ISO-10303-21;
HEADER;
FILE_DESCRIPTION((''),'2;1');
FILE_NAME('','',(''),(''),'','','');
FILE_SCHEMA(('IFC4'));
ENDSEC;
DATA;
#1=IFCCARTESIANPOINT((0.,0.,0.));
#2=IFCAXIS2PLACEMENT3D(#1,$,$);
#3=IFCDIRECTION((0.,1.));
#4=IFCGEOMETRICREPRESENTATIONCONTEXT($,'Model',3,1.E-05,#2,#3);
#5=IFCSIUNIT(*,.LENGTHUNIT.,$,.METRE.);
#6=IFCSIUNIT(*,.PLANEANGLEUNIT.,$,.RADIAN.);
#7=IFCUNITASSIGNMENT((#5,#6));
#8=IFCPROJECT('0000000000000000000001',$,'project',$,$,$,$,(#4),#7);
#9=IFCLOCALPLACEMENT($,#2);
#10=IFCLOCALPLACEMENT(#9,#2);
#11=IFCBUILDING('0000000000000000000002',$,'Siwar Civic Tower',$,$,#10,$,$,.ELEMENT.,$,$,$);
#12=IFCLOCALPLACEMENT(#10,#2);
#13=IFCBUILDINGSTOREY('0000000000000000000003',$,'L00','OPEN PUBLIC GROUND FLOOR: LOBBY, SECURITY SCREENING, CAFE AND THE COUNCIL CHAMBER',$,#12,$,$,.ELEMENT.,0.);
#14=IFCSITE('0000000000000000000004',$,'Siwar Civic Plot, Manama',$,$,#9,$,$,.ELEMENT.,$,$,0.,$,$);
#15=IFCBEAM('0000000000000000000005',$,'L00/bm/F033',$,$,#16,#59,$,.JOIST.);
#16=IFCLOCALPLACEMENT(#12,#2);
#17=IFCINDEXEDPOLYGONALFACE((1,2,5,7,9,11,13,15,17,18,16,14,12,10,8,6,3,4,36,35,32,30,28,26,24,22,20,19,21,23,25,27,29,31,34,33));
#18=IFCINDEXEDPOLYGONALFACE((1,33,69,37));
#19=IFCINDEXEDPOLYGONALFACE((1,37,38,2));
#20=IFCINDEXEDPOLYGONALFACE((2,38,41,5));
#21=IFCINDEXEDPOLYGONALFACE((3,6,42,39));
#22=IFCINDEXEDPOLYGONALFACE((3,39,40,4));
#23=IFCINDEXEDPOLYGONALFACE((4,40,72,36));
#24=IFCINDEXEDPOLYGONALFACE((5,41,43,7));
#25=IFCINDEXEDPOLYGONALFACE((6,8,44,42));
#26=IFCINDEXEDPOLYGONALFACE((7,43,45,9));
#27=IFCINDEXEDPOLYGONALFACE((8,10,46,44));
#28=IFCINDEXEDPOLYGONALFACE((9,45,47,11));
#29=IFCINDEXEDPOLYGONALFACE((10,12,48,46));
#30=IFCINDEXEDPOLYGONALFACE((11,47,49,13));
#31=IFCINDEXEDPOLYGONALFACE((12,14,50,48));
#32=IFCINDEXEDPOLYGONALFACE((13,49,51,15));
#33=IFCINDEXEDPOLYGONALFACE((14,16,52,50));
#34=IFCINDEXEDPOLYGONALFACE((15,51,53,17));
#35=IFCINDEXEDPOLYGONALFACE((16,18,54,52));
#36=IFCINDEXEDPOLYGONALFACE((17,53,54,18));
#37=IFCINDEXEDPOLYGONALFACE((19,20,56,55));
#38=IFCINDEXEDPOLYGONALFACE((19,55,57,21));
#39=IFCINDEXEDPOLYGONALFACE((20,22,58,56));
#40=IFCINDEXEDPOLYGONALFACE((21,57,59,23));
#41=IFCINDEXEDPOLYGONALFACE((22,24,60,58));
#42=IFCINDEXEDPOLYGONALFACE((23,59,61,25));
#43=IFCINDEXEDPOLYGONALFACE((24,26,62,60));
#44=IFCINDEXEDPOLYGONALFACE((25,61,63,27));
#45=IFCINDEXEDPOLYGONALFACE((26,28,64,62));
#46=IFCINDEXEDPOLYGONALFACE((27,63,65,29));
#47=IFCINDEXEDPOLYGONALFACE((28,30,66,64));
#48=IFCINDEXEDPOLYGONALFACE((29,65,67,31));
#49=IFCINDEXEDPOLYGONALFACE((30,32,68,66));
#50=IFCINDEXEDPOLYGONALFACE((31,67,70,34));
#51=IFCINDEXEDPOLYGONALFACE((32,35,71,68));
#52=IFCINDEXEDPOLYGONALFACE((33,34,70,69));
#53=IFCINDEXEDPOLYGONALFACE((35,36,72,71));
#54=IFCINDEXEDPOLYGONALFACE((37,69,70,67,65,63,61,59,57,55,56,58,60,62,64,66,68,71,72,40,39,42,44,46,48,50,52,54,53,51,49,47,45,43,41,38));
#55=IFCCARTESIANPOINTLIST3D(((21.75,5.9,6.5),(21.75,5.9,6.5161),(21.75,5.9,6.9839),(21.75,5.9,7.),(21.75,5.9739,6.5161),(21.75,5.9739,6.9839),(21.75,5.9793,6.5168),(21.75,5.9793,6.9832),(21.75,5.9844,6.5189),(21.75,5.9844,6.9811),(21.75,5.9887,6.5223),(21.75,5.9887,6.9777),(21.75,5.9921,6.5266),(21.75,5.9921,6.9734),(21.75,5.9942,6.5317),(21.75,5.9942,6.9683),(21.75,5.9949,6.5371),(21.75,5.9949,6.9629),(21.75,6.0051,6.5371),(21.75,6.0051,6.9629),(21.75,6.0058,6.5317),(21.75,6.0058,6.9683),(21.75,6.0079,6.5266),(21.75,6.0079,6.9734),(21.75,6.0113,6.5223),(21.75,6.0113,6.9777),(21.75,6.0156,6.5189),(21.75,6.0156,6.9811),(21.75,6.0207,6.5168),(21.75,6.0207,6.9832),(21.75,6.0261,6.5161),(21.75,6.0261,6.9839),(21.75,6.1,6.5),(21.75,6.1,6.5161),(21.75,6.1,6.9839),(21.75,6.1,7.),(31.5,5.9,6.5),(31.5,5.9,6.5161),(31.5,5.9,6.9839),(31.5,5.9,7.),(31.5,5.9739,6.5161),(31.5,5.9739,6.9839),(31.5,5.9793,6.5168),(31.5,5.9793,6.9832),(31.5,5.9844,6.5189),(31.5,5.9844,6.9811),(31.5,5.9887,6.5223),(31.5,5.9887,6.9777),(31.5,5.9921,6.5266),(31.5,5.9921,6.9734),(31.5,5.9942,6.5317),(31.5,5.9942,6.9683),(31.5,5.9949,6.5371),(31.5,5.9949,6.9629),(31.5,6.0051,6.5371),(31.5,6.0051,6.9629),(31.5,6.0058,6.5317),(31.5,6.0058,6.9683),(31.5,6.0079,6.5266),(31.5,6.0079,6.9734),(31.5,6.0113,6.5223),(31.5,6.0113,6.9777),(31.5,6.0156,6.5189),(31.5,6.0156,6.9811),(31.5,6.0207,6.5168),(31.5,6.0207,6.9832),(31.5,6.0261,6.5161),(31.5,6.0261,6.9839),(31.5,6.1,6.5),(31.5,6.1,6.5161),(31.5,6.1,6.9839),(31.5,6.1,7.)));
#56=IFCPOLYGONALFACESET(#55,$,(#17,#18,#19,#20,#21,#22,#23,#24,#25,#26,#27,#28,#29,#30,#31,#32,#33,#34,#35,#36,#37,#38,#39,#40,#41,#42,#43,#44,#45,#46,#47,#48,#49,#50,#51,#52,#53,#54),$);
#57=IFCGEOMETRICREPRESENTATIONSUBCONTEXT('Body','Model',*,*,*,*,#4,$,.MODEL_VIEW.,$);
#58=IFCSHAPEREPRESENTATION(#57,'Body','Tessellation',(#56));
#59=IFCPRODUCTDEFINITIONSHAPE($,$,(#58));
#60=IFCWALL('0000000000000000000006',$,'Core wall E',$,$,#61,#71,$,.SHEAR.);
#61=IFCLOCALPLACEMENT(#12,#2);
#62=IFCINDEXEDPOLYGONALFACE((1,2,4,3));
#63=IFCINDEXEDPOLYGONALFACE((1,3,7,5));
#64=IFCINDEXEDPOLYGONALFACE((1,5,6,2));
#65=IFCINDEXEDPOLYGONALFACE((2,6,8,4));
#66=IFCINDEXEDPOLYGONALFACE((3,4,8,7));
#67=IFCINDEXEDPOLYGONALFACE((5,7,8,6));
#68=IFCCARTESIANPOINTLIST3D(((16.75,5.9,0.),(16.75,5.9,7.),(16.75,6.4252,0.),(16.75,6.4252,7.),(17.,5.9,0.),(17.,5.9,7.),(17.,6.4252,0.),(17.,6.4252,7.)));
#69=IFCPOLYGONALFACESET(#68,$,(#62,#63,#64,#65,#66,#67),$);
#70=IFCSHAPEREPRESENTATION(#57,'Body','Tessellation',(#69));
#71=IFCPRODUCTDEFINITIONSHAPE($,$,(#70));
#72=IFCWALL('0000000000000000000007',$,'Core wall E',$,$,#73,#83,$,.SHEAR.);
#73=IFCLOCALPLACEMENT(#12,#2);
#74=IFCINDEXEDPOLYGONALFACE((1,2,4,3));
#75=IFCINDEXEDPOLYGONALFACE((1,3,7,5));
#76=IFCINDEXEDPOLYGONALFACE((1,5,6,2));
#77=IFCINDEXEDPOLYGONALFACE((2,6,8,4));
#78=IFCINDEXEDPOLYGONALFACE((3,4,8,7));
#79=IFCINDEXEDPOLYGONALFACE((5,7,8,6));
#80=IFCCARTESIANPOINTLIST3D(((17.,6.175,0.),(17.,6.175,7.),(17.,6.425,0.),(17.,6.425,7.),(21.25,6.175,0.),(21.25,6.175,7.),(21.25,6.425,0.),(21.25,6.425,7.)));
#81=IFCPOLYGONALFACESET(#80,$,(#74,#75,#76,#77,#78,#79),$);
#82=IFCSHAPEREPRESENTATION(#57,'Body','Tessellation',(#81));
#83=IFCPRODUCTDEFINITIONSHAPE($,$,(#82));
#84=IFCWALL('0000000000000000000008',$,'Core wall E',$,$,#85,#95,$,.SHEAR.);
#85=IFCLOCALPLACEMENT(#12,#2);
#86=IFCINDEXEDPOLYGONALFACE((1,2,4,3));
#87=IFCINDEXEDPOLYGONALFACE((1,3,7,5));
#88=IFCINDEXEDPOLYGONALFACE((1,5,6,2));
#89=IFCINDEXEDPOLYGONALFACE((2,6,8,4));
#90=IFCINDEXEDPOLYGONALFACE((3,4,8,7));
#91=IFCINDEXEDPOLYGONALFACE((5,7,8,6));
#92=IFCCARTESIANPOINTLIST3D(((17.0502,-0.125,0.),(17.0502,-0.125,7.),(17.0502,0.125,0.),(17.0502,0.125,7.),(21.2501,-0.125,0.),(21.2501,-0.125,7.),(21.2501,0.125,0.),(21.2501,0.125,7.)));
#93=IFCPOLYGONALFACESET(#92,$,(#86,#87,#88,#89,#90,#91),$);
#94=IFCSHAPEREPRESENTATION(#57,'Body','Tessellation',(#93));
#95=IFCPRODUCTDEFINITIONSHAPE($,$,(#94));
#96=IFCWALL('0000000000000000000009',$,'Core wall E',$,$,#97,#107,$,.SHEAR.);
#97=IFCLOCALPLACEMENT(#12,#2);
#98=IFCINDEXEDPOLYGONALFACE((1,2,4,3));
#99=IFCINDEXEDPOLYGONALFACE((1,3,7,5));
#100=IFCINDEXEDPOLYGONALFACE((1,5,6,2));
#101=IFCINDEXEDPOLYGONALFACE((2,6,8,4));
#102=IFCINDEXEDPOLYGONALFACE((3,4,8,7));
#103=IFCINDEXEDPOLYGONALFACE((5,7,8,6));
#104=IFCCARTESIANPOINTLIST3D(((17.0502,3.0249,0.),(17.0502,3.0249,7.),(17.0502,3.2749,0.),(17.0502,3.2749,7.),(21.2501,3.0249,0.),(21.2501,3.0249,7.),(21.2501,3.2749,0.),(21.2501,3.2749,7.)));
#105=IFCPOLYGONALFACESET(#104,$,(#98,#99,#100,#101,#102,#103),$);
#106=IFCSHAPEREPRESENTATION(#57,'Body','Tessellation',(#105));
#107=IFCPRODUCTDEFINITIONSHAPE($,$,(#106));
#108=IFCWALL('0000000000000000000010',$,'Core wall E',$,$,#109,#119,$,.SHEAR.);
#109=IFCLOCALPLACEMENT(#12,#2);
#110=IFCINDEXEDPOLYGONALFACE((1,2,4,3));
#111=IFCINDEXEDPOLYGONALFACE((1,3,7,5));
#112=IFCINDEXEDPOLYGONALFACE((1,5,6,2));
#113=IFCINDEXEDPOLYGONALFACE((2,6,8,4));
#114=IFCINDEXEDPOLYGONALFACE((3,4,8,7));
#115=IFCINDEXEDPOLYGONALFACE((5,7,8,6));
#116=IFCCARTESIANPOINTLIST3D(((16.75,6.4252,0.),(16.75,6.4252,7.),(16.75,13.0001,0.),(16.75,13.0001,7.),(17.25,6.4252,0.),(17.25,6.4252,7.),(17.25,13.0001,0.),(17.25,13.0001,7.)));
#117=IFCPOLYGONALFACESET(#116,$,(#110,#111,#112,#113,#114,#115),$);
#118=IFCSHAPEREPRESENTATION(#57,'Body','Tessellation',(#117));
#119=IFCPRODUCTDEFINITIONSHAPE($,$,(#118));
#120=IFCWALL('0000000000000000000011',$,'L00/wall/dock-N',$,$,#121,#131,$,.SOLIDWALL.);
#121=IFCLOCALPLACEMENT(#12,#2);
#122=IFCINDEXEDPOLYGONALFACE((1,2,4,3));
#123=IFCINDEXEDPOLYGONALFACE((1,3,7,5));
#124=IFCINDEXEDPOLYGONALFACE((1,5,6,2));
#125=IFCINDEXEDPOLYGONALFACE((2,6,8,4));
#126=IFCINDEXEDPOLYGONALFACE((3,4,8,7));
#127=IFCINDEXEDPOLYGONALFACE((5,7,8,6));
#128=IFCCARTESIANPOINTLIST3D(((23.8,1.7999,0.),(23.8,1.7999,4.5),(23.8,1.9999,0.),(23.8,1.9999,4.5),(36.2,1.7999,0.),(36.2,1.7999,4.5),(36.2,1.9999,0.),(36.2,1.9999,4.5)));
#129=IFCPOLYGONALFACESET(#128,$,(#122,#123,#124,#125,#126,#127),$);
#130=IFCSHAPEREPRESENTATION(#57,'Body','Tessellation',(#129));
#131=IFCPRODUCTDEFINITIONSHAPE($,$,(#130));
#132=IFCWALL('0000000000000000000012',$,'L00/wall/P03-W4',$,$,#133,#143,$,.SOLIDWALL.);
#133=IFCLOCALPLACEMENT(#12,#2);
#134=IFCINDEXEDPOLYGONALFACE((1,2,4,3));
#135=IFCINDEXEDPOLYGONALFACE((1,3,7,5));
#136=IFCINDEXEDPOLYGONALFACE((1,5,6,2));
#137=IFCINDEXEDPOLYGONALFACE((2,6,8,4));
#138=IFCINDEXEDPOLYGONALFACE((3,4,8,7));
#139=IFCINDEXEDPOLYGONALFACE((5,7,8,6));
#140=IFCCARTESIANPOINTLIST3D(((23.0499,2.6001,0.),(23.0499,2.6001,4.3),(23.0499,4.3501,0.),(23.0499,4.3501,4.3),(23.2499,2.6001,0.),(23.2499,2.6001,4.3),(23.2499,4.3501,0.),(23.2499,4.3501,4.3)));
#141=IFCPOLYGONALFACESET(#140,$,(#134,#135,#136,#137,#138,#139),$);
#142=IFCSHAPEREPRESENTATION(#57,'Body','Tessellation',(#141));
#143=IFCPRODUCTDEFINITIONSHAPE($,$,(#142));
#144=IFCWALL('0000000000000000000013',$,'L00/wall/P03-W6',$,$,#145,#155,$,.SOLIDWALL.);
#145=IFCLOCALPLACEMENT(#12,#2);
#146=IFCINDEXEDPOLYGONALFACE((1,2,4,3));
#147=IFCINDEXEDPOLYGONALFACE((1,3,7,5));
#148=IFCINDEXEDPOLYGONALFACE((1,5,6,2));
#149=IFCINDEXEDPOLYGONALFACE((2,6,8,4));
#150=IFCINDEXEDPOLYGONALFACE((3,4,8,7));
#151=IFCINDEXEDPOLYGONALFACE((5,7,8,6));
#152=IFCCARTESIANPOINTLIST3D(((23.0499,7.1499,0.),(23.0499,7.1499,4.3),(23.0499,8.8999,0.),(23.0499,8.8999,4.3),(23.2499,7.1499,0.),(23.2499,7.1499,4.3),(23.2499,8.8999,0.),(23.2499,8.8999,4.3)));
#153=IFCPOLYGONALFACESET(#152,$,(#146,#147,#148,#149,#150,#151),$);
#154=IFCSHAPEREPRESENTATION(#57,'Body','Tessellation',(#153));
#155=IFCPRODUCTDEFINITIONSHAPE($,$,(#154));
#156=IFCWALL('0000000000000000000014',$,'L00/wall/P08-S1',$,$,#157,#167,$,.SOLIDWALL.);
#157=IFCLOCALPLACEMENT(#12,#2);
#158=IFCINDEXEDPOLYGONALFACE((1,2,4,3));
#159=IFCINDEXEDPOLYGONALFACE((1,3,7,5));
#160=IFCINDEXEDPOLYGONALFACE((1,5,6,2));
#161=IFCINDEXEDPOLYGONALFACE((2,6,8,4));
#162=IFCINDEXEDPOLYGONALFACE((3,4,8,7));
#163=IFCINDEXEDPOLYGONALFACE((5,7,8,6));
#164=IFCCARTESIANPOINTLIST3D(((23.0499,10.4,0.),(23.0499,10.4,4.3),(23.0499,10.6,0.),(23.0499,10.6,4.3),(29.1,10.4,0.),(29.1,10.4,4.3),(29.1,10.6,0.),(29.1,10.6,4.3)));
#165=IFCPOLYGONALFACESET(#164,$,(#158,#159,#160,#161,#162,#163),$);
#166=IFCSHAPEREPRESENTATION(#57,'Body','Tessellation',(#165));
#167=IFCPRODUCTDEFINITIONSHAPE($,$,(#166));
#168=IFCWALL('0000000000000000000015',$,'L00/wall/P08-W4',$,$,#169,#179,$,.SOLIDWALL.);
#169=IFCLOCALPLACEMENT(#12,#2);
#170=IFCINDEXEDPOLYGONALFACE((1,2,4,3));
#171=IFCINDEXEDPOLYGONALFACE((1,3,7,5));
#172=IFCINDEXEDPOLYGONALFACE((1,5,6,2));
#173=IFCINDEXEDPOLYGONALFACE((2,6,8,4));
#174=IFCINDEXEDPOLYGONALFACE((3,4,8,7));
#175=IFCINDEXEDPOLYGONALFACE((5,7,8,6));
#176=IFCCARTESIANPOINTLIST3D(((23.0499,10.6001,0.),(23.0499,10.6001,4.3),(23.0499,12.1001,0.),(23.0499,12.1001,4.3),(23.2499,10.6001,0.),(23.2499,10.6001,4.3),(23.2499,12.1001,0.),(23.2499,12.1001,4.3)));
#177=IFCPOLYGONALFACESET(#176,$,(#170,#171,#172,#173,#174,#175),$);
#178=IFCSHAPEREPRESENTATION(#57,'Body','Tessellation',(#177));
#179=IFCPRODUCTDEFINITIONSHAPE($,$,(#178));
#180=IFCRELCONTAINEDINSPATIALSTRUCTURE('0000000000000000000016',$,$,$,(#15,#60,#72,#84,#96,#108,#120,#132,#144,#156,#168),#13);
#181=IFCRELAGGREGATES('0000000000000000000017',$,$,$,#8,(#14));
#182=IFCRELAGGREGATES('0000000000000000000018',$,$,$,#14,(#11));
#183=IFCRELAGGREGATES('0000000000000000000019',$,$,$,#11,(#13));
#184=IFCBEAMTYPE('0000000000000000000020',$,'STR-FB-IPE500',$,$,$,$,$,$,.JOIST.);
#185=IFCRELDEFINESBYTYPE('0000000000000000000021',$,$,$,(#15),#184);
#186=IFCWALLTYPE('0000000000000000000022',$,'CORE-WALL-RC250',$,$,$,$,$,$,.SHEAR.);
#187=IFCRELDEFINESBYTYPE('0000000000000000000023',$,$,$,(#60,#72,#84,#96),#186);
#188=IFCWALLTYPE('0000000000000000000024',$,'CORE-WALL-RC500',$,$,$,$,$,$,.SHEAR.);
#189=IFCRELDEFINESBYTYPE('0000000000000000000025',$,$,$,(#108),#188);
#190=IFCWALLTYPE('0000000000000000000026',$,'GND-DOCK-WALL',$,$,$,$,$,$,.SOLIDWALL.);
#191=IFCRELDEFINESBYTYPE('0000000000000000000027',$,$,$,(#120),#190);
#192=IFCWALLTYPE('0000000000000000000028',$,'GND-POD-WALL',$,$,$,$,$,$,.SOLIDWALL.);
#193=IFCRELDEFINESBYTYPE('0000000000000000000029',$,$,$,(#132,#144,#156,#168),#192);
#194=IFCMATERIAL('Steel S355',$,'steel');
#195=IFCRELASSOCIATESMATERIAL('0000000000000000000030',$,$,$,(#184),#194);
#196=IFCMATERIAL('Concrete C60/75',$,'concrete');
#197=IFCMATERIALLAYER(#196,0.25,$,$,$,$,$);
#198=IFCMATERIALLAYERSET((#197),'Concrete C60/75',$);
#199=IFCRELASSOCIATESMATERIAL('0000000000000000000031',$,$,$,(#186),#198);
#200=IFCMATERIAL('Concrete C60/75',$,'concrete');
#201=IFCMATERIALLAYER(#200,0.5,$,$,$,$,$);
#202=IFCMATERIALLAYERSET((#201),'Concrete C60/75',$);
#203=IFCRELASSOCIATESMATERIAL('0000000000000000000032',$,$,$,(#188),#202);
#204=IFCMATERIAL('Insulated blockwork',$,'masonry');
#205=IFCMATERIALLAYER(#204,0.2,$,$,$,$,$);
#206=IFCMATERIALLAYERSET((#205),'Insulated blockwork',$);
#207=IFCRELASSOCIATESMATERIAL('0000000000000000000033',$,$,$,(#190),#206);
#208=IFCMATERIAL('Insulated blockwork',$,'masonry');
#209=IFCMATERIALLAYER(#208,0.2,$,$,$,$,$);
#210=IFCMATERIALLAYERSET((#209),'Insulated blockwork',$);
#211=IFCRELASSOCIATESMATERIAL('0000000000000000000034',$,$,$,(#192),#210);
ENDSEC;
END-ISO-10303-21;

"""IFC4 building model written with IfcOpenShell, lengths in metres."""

from ifc_helpers import new_model, si_unit, direction, frame, frame_2d, origin, origin_2d, place, context, subcontext, project, spatial, rectangle, i_section, extrude, material, layer, layer_set, material_profile, profile_set, type_object, element, save


model = new_model("IFC4")

# Units and contexts
model_context = context("Model", 3, precision=1e-05, world=origin(), true_north=direction((0.0, 1.0)))
body_context = subcontext(model_context, "Body", "Model", "MODEL_VIEW")
ifc_project = project(units=[si_unit("LENGTHUNIT", "METRE"), si_unit("PLANEANGLEUNIT", "RADIAN")], contexts=[model_context])

# Site, building, storey
site_placement = place(None, origin())
site = spatial("IfcSite", under=ifc_project, at=site_placement, Name="Siwar Civic Plot, Manama", CompositionType="ELEMENT", RefElevation=0.0)
building_placement = place(site_placement, origin())
building = spatial("IfcBuilding", under=site, at=building_placement, Name="Siwar Civic Tower", CompositionType="ELEMENT")
storey_placement = place(building_placement, origin())
storey = spatial("IfcBuildingStorey", under=building, at=storey_placement, Name="L00", Description="OPEN PUBLIC GROUND FLOOR: LOBBY, SECURITY SCREENING, CAFE AND THE COUNCIL CHAMBER", CompositionType="ELEMENT", Elevation=0.0)

# Beam
ifc_material_1 = material(Name="Steel S355", Category="steel")
ifc_material_profile_1 = material_profile(ifc_material_1, i_section(OverallWidth=0.2, OverallDepth=0.5, WebThickness=0.0103, FlangeThickness=0.0161, FilletRadius=0.021, at=origin_2d()), Name="IPE500")
ifc_profile_set_1 = profile_set([ifc_material_profile_1], Name="Steel S355")
beam_type = type_object("IfcBeamType", Name="STR-FB-IPE500", PredefinedType="JOIST", material=ifc_profile_set_1)
for number, where, z_axis, x_axis, name in (
    (1, (21.75, 6.0, 6.75), (1.0, 0.0, 0.0), (0.0, 1.0, 0.0), "L00/bm/F033"),
):
    element("IfcBeam", number, at=place(storey_placement, frame(where, z_axis=z_axis, x_axis=x_axis)), inside=storey, type_object=beam_type, Name=name, PredefinedType="JOIST", context=body_context, shape_type="SweptSolid", body=[
        extrude(i_section(OverallWidth=0.2, OverallDepth=0.5, WebThickness=0.0103, FlangeThickness=0.0161, FilletRadius=0.021, at=origin_2d()), origin(), (0.0, 0.0, 1.0), 9.75),
    ])

# Walls
ifc_material_2 = material(Name="Concrete C60/75", Category="concrete")
ifc_layer_1 = layer(ifc_material_2, 0.25)
ifc_layer_set_1 = layer_set([ifc_layer_1], Name="Concrete C60/75")
wall_type_1 = type_object("IfcWallType", Name="CORE-WALL-RC250", PredefinedType="SHEAR", material=ifc_layer_set_1)
wall_1_placement = place(storey_placement, frame((16.875, 5.8999, 0.0), z_axis=(0.0, 0.0, 1.0), x_axis=(0.0, 1.0, 0.0)))
element("IfcWall", 2, at=wall_1_placement, inside=storey, type_object=wall_type_1, Name="Core wall E", PredefinedType="SHEAR", context=body_context, shape_type="SweptSolid", body=[
    extrude(rectangle(XDim=0.5251, YDim=0.25, at=frame_2d((0.2627, 0.0))), origin(), (0.0, 0.0, 1.0), 7.0),
])
wall_2_placement = place(storey_placement, frame((17.0, 6.3, 0.0), z_axis=(0.0, 0.0, 1.0), x_axis=(1.0, 0.0, 0.0)))
element("IfcWall", 3, at=wall_2_placement, inside=storey, type_object=wall_type_1, Name="Core wall E", PredefinedType="SHEAR", context=body_context, shape_type="SweptSolid", body=[
    extrude(rectangle(XDim=4.25, YDim=0.25, at=frame_2d((2.125, 0.0))), origin(), (0.0, 0.0, 1.0), 7.0),
])
for number, where, z_axis, x_axis, name in (
    (4, (17.05, 0.0, 0.0), (0.0, 0.0, 1.0), (1.0, 0.0, 0.0), "Core wall E"),
    (5, (17.05, 3.1499, 0.0), (0.0, 0.0, 1.0), (1.0, 0.0, 0.0), "Core wall E"),
):
    element("IfcWall", number, at=place(storey_placement, frame(where, z_axis=z_axis, x_axis=x_axis)), inside=storey, type_object=wall_type_1, Name=name, PredefinedType="SHEAR", context=body_context, shape_type="SweptSolid", body=[
        extrude(rectangle(XDim=4.2, YDim=0.25, at=frame_2d((2.1001, 0.0))), origin(), (0.0, 0.0, 1.0), 7.0),
    ])
ifc_material_3 = material(Name="Concrete C60/75", Category="concrete")
ifc_layer_2 = layer(ifc_material_3, 0.5)
ifc_layer_set_2 = layer_set([ifc_layer_2], Name="Concrete C60/75")
wall_type_2 = type_object("IfcWallType", Name="CORE-WALL-RC500", PredefinedType="SHEAR", material=ifc_layer_set_2)
wall_3_placement = place(storey_placement, frame((17.0, 6.425, 0.0), z_axis=(0.0, 0.0, 1.0), x_axis=(0.0, 1.0, 0.0)))
element("IfcWall", 6, at=wall_3_placement, inside=storey, type_object=wall_type_2, Name="Core wall E", PredefinedType="SHEAR", context=body_context, shape_type="SweptSolid", body=[
    extrude(rectangle(XDim=6.575, YDim=0.5, at=frame_2d((3.2876, 0.0))), origin(), (0.0, 0.0, 1.0), 7.0),
])
ifc_material_4 = material(Name="Insulated blockwork", Category="masonry")
ifc_layer_3 = layer(ifc_material_4, 0.2)
ifc_layer_set_3 = layer_set([ifc_layer_3], Name="Insulated blockwork")
wall_type_3 = type_object("IfcWallType", Name="GND-DOCK-WALL", PredefinedType="SOLIDWALL", material=ifc_layer_set_3)
wall_4_placement = place(storey_placement, frame((23.8, 1.8999, 0.0), z_axis=(0.0, 0.0, 1.0), x_axis=(1.0, 0.0, 0.0)))
element("IfcWall", 7, at=wall_4_placement, inside=storey, type_object=wall_type_3, Name="L00/wall/dock-N", PredefinedType="SOLIDWALL", context=body_context, shape_type="SweptSolid", body=[
    extrude(rectangle(XDim=12.3999, YDim=0.2, at=frame_2d((6.2, 0.0))), origin(), (0.0, 0.0, 1.0), 4.5),
])
ifc_material_5 = material(Name="Insulated blockwork", Category="masonry")
ifc_layer_4 = layer(ifc_material_5, 0.2)
ifc_layer_set_4 = layer_set([ifc_layer_4], Name="Insulated blockwork")
wall_type_4 = type_object("IfcWallType", Name="GND-POD-WALL", PredefinedType="SOLIDWALL", material=ifc_layer_set_4)
wall_5_placement = place(storey_placement, frame((23.1499, 2.6001, 0.0), z_axis=(0.0, 0.0, 1.0), x_axis=(0.0, 1.0, 0.0)))
element("IfcWall", 8, at=wall_5_placement, inside=storey, type_object=wall_type_4, Name="L00/wall/P03-W4", PredefinedType="SOLIDWALL", context=body_context, shape_type="SweptSolid", body=[
    extrude(rectangle(XDim=1.75, YDim=0.2, at=frame_2d((0.875, 0.0))), origin(), (0.0, 0.0, 1.0), 4.3),
])

# Walls
wall_6_placement = place(storey_placement, frame((23.1499, 7.1499, 0.0), z_axis=(0.0, 0.0, 1.0), x_axis=(0.0, 1.0, 0.0)))
element("IfcWall", 9, at=wall_6_placement, inside=storey, type_object=wall_type_4, Name="L00/wall/P03-W6", PredefinedType="SOLIDWALL", context=body_context, shape_type="SweptSolid", body=[
    extrude(rectangle(XDim=1.75, YDim=0.2, at=frame_2d((0.875, 0.0))), origin(), (0.0, 0.0, 1.0), 4.3),
])
wall_7_placement = place(storey_placement, frame((23.05, 10.5, 0.0), z_axis=(0.0, 0.0, 1.0), x_axis=(1.0, 0.0, 0.0)))
element("IfcWall", 10, at=wall_7_placement, inside=storey, type_object=wall_type_4, Name="L00/wall/P08-S1", PredefinedType="SOLIDWALL", context=body_context, shape_type="SweptSolid", body=[
    extrude(rectangle(XDim=6.05, YDim=0.2, at=frame_2d((3.0249, 0.0))), origin(), (0.0, 0.0, 1.0), 4.3),
])
wall_8_placement = place(storey_placement, frame((23.1499, 10.6001, 0.0), z_axis=(0.0, 0.0, 1.0), x_axis=(0.0, 1.0, 0.0)))
element("IfcWall", 11, at=wall_8_placement, inside=storey, type_object=wall_type_4, Name="L00/wall/P08-W4", PredefinedType="SOLIDWALL", context=body_context, shape_type="SweptSolid", body=[
    extrude(rectangle(XDim=1.5, YDim=0.2, at=frame_2d((0.75, 0.0))), origin(), (0.0, 0.0, 1.0), 4.3),
])

save(model, "model.ifc")
